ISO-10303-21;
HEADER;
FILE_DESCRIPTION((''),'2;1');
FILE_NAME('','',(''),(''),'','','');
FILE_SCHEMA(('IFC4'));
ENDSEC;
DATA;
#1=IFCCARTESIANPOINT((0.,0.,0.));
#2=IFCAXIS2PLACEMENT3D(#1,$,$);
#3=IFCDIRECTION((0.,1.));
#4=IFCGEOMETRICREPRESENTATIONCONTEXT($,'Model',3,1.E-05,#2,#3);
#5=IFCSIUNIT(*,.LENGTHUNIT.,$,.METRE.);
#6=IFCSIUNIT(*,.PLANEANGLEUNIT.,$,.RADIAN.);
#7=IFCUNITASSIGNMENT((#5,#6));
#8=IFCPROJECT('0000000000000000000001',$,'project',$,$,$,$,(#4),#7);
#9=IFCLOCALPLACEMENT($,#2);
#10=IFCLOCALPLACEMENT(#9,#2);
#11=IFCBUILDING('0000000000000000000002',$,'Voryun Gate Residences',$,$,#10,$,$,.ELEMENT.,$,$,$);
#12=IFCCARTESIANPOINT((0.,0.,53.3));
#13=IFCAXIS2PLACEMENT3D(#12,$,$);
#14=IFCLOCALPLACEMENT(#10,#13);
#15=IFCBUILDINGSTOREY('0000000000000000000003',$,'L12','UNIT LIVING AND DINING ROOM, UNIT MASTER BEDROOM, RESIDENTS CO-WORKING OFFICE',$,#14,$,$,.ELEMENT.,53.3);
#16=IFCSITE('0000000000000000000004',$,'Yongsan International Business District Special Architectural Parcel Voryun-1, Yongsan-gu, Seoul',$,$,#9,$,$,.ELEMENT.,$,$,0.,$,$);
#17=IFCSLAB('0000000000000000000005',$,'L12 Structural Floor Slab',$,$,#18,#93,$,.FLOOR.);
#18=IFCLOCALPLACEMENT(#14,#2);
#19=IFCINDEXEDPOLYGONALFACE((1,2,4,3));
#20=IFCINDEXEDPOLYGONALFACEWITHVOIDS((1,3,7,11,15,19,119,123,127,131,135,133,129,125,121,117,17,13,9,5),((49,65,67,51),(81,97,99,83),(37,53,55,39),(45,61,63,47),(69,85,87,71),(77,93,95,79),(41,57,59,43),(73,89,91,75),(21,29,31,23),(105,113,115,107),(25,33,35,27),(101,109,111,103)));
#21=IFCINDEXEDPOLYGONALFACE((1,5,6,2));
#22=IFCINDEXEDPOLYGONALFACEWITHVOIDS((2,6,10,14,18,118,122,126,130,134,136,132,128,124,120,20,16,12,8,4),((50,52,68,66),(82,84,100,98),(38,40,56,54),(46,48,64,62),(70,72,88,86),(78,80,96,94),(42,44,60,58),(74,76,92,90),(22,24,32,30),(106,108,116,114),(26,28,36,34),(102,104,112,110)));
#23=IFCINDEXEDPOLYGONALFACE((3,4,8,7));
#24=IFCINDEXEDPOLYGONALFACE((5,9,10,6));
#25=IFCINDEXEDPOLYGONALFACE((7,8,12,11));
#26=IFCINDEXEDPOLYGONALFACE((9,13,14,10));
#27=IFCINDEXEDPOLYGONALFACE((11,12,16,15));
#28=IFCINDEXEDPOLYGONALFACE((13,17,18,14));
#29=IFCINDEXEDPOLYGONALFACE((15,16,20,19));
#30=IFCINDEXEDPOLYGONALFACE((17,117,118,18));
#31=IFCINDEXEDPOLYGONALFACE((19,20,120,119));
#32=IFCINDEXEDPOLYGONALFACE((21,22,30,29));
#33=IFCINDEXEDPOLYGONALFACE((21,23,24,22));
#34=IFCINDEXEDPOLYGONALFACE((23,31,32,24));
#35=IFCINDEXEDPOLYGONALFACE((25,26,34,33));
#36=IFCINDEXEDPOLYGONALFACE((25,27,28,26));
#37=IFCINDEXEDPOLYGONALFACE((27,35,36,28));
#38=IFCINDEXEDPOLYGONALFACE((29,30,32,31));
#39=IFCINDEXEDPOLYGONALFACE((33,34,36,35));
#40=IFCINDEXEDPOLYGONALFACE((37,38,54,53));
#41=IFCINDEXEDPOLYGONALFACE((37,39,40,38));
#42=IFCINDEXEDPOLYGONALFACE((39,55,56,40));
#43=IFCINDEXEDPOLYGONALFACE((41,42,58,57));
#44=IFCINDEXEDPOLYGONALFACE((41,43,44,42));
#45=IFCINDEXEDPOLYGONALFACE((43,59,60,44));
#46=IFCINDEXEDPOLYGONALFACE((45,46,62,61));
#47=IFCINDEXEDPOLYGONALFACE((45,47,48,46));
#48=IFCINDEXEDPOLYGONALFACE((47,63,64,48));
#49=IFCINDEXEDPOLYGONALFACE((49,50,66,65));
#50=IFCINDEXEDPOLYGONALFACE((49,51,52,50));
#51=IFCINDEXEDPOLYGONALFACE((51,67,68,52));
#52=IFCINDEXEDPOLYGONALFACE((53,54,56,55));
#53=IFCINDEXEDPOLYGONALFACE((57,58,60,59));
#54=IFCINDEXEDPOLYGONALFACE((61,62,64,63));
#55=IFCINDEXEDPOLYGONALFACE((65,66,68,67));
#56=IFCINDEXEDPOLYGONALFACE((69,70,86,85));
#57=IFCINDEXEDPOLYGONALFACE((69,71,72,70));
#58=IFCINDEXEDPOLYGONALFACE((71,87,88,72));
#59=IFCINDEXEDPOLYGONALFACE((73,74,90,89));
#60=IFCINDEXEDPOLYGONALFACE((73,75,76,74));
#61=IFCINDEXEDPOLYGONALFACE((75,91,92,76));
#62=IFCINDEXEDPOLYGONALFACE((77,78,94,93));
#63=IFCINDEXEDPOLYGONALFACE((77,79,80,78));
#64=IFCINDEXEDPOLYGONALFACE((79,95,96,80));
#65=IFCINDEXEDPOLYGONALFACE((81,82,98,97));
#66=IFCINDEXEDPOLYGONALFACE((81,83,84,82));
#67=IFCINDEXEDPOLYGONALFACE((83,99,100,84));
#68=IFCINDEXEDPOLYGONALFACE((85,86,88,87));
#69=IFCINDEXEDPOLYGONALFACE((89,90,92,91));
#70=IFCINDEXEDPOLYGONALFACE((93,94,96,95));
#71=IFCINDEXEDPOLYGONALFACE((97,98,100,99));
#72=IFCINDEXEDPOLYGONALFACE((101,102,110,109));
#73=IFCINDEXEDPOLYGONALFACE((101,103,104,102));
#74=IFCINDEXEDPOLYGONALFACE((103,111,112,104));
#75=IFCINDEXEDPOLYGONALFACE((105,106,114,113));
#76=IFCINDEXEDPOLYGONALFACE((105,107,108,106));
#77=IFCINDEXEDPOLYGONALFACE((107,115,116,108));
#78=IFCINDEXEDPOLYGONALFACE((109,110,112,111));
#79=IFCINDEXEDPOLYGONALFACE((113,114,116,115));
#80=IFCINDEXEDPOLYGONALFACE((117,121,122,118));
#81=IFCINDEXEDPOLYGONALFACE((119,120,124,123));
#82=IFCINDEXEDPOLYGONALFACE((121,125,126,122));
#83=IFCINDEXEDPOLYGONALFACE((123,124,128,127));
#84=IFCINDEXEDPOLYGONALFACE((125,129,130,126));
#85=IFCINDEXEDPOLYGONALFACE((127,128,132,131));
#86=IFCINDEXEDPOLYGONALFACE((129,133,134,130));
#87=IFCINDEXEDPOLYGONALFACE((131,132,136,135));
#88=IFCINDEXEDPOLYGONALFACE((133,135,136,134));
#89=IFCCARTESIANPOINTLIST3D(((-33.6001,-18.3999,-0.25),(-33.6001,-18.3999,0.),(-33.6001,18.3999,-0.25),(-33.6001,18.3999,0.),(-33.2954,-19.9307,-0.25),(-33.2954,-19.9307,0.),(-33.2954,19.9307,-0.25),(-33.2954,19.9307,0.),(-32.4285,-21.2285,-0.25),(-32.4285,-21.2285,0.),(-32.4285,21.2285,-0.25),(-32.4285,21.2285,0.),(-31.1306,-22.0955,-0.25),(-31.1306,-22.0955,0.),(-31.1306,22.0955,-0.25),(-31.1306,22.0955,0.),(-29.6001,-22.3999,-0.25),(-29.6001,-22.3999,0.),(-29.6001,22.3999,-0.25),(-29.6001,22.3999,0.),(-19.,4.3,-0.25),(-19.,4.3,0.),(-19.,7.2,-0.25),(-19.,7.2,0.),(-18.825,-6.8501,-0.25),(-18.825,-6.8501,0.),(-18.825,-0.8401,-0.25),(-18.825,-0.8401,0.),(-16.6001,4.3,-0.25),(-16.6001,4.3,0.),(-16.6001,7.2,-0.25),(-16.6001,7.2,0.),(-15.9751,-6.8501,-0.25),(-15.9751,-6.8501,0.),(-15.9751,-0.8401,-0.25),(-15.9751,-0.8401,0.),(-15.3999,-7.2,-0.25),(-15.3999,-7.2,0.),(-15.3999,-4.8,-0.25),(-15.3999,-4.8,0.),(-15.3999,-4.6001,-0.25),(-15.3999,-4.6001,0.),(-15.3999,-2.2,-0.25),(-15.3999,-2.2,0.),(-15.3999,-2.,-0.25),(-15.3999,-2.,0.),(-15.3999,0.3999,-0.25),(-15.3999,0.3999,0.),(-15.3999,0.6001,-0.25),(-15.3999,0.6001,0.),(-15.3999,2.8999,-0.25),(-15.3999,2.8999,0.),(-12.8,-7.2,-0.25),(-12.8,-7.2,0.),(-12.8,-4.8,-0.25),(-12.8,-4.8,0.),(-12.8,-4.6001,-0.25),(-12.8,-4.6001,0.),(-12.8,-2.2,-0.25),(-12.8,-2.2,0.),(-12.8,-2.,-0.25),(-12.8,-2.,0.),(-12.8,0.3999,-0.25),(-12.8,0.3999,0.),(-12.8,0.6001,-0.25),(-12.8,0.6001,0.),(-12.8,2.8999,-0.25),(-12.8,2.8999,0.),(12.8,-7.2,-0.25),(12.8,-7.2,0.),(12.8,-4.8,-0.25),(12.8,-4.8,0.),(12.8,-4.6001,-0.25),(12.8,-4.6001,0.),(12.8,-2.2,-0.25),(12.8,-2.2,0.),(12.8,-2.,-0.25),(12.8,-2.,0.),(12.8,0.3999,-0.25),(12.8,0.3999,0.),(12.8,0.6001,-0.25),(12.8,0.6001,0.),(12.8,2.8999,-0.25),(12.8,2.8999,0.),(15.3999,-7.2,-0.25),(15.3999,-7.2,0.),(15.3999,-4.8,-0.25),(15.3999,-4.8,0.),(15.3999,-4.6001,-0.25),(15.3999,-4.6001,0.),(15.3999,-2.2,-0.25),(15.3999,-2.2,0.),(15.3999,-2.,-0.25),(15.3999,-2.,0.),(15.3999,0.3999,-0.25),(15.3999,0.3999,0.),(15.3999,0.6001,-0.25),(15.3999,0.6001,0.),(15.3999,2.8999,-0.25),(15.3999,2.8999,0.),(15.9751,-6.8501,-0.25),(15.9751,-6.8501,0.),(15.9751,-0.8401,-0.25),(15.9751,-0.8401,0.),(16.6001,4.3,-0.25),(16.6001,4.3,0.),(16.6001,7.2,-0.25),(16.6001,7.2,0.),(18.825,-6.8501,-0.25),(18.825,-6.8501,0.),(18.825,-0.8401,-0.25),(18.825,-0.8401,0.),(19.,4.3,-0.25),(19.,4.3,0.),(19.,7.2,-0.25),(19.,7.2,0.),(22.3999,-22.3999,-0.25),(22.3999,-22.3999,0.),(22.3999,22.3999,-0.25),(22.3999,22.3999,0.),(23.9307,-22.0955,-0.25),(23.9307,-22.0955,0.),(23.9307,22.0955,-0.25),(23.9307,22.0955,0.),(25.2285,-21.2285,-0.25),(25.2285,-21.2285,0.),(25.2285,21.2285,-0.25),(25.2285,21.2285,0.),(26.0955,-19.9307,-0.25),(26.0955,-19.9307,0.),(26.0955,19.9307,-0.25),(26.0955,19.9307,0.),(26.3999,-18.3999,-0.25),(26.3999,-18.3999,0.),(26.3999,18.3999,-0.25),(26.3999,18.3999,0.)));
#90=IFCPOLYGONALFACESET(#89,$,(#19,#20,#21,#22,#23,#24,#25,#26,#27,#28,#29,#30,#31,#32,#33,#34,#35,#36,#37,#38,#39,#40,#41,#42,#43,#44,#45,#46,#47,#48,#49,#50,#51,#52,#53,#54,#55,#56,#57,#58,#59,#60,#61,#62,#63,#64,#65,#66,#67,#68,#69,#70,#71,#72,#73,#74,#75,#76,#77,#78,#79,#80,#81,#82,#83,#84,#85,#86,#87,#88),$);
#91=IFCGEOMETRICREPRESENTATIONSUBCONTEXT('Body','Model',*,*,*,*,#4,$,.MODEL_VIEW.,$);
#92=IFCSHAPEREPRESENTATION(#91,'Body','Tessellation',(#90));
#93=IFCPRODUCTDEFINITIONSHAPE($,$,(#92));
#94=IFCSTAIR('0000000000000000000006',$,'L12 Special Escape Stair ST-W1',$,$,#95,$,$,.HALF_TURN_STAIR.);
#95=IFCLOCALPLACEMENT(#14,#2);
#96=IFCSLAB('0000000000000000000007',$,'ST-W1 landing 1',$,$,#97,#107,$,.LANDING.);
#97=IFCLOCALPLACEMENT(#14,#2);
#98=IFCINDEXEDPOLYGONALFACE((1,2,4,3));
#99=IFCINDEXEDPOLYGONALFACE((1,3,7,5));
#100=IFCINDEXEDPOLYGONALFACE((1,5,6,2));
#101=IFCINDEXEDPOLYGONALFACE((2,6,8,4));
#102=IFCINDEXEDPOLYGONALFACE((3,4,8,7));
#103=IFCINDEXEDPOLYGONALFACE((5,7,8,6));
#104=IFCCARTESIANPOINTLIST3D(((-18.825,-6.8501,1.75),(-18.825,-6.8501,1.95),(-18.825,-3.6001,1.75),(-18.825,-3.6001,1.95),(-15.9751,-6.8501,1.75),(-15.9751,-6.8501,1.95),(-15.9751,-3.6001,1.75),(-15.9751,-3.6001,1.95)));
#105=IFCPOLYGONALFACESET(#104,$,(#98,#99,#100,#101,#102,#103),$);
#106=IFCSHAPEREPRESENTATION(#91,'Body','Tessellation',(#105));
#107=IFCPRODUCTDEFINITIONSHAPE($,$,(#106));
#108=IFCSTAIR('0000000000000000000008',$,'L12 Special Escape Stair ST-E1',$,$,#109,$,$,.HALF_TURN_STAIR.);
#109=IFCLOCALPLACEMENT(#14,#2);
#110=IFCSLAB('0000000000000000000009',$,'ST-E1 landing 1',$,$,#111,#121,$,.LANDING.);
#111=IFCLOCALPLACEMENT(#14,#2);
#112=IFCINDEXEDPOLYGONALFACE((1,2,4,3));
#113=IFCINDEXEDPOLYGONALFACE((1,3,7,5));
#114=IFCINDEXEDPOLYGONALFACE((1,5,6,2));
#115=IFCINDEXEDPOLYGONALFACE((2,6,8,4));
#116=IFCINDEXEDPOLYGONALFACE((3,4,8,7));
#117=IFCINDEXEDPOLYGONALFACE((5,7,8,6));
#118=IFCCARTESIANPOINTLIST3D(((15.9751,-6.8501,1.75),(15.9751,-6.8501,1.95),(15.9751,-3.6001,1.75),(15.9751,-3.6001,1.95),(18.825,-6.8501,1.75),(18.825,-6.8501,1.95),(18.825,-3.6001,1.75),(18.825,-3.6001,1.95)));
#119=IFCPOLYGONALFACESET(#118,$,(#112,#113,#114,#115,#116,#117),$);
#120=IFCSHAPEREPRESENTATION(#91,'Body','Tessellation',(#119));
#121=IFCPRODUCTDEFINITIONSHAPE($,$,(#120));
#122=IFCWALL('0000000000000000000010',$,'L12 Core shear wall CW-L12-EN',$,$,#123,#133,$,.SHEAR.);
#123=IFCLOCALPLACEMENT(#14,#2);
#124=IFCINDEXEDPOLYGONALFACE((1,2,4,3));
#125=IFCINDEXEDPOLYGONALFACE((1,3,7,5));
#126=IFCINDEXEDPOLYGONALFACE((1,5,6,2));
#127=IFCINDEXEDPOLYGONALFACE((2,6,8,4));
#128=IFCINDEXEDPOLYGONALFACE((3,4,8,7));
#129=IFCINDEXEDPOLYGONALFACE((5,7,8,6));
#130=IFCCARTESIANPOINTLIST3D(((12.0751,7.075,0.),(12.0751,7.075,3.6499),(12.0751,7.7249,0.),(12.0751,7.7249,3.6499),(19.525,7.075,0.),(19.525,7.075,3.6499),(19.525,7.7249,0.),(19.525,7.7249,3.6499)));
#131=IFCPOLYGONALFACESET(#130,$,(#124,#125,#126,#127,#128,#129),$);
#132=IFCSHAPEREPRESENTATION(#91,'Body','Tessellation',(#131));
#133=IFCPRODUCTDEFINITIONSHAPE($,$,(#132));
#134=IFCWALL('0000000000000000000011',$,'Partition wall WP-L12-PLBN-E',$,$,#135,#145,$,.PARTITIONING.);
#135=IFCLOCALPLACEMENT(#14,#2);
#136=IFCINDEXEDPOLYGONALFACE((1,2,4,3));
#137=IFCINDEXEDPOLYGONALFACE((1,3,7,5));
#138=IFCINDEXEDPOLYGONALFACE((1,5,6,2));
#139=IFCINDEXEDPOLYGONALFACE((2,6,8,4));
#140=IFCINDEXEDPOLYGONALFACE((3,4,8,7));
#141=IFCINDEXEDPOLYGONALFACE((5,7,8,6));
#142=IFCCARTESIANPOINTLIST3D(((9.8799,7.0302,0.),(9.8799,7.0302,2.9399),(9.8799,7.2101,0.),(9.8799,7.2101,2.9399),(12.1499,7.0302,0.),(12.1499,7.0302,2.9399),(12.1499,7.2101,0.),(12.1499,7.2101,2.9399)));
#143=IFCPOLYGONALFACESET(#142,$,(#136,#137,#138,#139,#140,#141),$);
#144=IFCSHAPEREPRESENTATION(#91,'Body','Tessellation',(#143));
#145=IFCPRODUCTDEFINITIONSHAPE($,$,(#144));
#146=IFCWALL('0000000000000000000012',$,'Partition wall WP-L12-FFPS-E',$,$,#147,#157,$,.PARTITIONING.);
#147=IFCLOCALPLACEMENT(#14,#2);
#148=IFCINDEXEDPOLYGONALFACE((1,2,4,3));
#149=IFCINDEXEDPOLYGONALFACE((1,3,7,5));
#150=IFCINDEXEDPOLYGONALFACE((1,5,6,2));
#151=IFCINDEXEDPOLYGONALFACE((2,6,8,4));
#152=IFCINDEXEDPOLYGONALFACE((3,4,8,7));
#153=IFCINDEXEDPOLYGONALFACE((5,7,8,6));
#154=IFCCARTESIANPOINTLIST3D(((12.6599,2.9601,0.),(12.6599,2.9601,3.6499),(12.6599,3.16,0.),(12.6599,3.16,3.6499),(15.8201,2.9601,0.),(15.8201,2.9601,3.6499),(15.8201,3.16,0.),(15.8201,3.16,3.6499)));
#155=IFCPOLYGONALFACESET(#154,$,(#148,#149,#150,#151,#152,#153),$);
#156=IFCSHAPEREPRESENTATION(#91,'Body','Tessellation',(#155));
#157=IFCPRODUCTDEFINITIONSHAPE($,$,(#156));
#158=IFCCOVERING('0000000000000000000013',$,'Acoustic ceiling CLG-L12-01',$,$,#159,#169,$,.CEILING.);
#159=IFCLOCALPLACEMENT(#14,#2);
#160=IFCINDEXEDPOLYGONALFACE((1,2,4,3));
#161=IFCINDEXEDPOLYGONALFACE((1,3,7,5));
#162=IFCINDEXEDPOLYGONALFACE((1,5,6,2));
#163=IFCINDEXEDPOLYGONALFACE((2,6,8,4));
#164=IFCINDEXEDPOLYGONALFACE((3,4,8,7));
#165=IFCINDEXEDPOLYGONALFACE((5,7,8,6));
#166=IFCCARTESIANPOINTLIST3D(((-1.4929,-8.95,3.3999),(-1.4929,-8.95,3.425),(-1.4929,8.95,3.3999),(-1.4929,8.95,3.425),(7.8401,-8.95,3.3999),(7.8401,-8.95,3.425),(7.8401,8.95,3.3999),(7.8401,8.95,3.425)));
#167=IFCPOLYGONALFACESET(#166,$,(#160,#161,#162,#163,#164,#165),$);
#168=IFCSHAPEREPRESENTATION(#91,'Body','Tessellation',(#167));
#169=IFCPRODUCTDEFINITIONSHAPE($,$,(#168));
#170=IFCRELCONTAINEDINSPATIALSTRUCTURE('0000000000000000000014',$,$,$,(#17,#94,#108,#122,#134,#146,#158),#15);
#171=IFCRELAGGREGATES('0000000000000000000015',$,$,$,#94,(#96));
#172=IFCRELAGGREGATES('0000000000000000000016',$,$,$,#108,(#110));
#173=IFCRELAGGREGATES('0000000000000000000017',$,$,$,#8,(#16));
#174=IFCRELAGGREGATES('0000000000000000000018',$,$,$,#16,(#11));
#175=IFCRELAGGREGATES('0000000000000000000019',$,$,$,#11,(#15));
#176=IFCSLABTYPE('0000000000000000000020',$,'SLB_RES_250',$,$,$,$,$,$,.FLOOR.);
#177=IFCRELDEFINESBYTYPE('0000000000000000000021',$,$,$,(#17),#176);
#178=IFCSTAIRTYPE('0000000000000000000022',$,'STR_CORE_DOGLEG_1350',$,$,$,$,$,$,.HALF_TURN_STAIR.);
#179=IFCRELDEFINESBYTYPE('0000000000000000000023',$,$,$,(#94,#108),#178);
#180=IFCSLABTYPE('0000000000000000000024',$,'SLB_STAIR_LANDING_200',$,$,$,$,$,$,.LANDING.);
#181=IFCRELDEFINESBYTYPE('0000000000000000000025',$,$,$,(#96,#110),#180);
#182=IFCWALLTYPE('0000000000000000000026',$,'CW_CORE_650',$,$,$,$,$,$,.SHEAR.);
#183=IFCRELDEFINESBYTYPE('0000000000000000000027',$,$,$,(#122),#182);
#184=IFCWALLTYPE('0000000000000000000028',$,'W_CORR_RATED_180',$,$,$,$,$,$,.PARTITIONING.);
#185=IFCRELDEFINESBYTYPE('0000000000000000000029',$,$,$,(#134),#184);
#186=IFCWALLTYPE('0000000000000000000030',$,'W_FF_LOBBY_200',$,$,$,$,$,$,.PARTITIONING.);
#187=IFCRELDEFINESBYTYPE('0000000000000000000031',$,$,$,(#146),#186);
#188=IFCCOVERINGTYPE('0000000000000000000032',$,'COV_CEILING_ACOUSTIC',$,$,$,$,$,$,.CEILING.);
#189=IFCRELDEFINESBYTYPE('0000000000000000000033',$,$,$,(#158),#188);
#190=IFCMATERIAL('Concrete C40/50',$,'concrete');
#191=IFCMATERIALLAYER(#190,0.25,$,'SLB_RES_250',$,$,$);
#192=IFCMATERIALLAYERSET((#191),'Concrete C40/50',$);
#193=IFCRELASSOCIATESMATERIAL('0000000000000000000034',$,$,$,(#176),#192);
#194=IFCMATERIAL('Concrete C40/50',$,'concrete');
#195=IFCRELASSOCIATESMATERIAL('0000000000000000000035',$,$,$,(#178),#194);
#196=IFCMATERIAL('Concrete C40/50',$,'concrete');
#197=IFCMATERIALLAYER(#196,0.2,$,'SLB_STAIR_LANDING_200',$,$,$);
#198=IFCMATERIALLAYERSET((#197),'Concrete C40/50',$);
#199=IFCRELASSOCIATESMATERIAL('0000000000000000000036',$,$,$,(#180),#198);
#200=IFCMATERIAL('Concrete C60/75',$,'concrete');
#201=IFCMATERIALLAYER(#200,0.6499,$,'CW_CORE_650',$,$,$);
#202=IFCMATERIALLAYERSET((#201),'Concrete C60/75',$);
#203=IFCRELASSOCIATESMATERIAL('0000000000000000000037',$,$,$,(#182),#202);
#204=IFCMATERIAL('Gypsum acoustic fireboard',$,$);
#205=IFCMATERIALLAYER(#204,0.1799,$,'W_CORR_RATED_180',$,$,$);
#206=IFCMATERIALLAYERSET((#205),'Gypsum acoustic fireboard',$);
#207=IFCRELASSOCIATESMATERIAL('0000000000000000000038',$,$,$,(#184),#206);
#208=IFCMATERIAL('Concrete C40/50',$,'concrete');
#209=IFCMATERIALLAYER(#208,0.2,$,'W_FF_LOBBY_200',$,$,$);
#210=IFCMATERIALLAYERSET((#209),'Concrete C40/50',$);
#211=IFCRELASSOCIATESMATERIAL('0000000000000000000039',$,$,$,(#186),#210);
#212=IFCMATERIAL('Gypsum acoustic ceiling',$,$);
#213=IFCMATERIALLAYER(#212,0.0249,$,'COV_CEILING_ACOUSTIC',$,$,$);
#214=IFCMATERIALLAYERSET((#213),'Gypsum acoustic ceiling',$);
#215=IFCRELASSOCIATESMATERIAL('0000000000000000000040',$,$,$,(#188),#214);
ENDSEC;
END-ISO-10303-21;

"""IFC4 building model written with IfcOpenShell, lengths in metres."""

from ifc_helpers import new_model, si_unit, direction, frame, frame_2d, origin, place, context, subcontext, project, spatial, polyline, rectangle, outline, extrude, material, layer, layer_set, type_object, element, aggregate, save


model = new_model("IFC4")

# Units and contexts
model_context = context("Model", 3, precision=1e-05, world=origin(), true_north=direction((0.0, 1.0)))
body_context = subcontext(model_context, "Body", "Model", "MODEL_VIEW")
ifc_project = project(units=[si_unit("LENGTHUNIT", "METRE"), si_unit("PLANEANGLEUNIT", "RADIAN")], contexts=[model_context])

# Site, building, storey
site_placement = place(None, origin())
site = spatial("IfcSite", under=ifc_project, at=site_placement, Name="Yongsan International Business District Special Architectural Parcel Voryun-1, Yongsan-gu, Seoul", CompositionType="ELEMENT", RefElevation=0.0)
building_placement = place(site_placement, origin())
building = spatial("IfcBuilding", under=site, at=building_placement, Name="Voryun Gate Residences", CompositionType="ELEMENT")
storey_placement = place(building_placement, frame((0.0, 0.0, 53.3)))
storey = spatial("IfcBuildingStorey", under=building, at=storey_placement, Name="L12", Description="UNIT LIVING AND DINING ROOM, UNIT MASTER BEDROOM, RESIDENTS CO-WORKING OFFICE", CompositionType="ELEMENT", Elevation=53.3)

# Slab
ifc_material_1 = material(Name="Concrete C40/50", Category="concrete")
ifc_layer_1 = layer(ifc_material_1, 0.25, Name="SLB_RES_250")
ifc_layer_set_1 = layer_set([ifc_layer_1], Name="Concrete C40/50")
slab_type_1 = type_object("IfcSlabType", Name="SLB_RES_250", PredefinedType="FLOOR", material=ifc_layer_set_1)
slab_1_placement = place(storey_placement, frame((0.0, 0.0, -0.25)))
element("IfcSlab", 1, at=slab_1_placement, inside=storey, type_object=slab_type_1, Name="L12 Structural Floor Slab", PredefinedType="FLOOR", context=body_context, shape_type="SweptSolid", body=[
    extrude(outline(polyline([(-29.6001, -22.3999), (-31.1306, -22.0955), (-32.4285, -21.2285), (-33.2954, -19.9307), (-33.6001, -18.3999), (-33.6001, 18.3999), (-33.2954, 19.9307), (-32.4285, 21.2285), (-31.1306, 22.0955), (-29.6001, 22.3999), (22.3999, 22.3999), (23.9307, 22.0955), (25.2285, 21.2285), (26.0955, 19.9307), (26.3999, 18.3999), (26.3999, -18.3999), (26.0955, -19.9307), (25.2285, -21.2285), (23.9307, -22.0955), (22.3999, -22.3999), (-29.6001, -22.3999)]), holes=[polyline([(-12.8, -4.8), (-15.3999, -4.8), (-15.3999, -7.2), (-12.8, -7.2), (-12.8, -4.8)]), polyline([(-18.825, -6.8501), (-15.9751, -6.8501), (-15.9751, -0.8401), (-18.825, -0.8401), (-18.825, -6.8501)]), polyline([(-12.8, -4.6001), (-12.8, -2.2), (-15.3999, -2.2), (-15.3999, -4.6001), (-12.8, -4.6001)]), polyline([(-12.8, 0.3999), (-15.3999, 0.3999), (-15.3999, -2.0), (-12.8, -2.0), (-12.8, 0.3999)]), polyline([(-12.8, 0.6001), (-12.8, 2.8999), (-15.3999, 2.8999), (-15.3999, 0.6001), (-12.8, 0.6001)]), polyline([(-16.6001, 4.3), (-16.6001, 7.2), (-19.0, 7.2), (-19.0, 4.3), (-16.6001, 4.3)]), polyline([(15.3999, -4.8), (12.8, -4.8), (12.8, -7.2), (15.3999, -7.2), (15.3999, -4.8)]), polyline([(15.9751, -6.8501), (18.825, -6.8501), (18.825, -0.8401), (15.9751, -0.8401), (15.9751, -6.8501)]), polyline([(15.3999, -4.6001), (15.3999, -2.2), (12.8, -2.2), (12.8, -4.6001), (15.3999, -4.6001)]), polyline([(15.3999, 0.3999), (12.8, 0.3999), (12.8, -2.0), (15.3999, -2.0), (15.3999, 0.3999)]), polyline([(15.3999, 0.6001), (15.3999, 2.8999), (12.8, 2.8999), (12.8, 0.6001), (15.3999, 0.6001)]), polyline([(19.0, 4.3), (19.0, 7.2), (16.6001, 7.2), (16.6001, 4.3), (19.0, 4.3)])]), origin(), (0.0, 0.0, 1.0), 0.25),
])

# Stairs, slabs
ifc_material_2 = material(Name="Concrete C40/50", Category="concrete")
stair_type = type_object("IfcStairType", Name="STR_CORE_DOGLEG_1350", PredefinedType="HALF_TURN_STAIR", material=ifc_material_2)
stair_1_placement = place(storey_placement, origin())
stair_1 = element("IfcStair", 2, at=stair_1_placement, inside=storey, type_object=stair_type, Name="L12 Special Escape Stair ST-W1", PredefinedType="HALF_TURN_STAIR")
ifc_material_3 = material(Name="Concrete C40/50", Category="concrete")
ifc_layer_2 = layer(ifc_material_3, 0.2, Name="SLB_STAIR_LANDING_200")
ifc_layer_set_2 = layer_set([ifc_layer_2], Name="Concrete C40/50")
slab_type_2 = type_object("IfcSlabType", Name="SLB_STAIR_LANDING_200", PredefinedType="LANDING", material=ifc_layer_set_2)
slab_2_placement = place(storey_placement, frame((0.0, 0.0, 1.75)))
slab_2 = element("IfcSlab", 3, at=slab_2_placement, type_object=slab_type_2, Name="ST-W1 landing 1", PredefinedType="LANDING", context=body_context, shape_type="SweptSolid", body=[
    extrude(outline(polyline([(-18.825, -3.6001), (-18.825, -6.8501), (-15.9751, -6.8501), (-15.9751, -3.6001), (-18.825, -3.6001)])), origin(), (0.0, 0.0, 1.0), 0.2),
])
aggregate(stair_1, [slab_2])
stair_2_placement = place(storey_placement, origin())
stair_2 = element("IfcStair", 4, at=stair_2_placement, inside=storey, type_object=stair_type, Name="L12 Special Escape Stair ST-E1", PredefinedType="HALF_TURN_STAIR")
slab_3_placement = place(storey_placement, frame((0.0, 0.0, 1.75)))
slab_3 = element("IfcSlab", 5, at=slab_3_placement, type_object=slab_type_2, Name="ST-E1 landing 1", PredefinedType="LANDING", context=body_context, shape_type="SweptSolid", body=[
    extrude(outline(polyline([(15.9751, -3.6001), (15.9751, -6.8501), (18.825, -6.8501), (18.825, -3.6001), (15.9751, -3.6001)])), origin(), (0.0, 0.0, 1.0), 0.2),
])
aggregate(stair_2, [slab_3])

# Walls
ifc_material_4 = material(Name="Concrete C60/75", Category="concrete")
ifc_layer_3 = layer(ifc_material_4, 0.6499, Name="CW_CORE_650")
ifc_layer_set_3 = layer_set([ifc_layer_3], Name="Concrete C60/75")
wall_type_1 = type_object("IfcWallType", Name="CW_CORE_650", PredefinedType="SHEAR", material=ifc_layer_set_3)
wall_1_placement = place(storey_placement, frame((12.075, 7.3999, 0.0), z_axis=(0.0, 0.0, 1.0), x_axis=(1.0, 0.0, 0.0)))
element("IfcWall", 6, at=wall_1_placement, inside=storey, type_object=wall_type_1, Name="L12 Core shear wall CW-L12-EN", PredefinedType="SHEAR", context=body_context, shape_type="SweptSolid", body=[
    extrude(rectangle(XDim=7.45, YDim=0.6499, at=frame_2d((3.7251, 0.0))), origin(), (0.0, 0.0, 1.0), 3.6499),
])
ifc_material_5 = material(Name="Gypsum acoustic fireboard")
ifc_layer_4 = layer(ifc_material_5, 0.1799, Name="W_CORR_RATED_180")
ifc_layer_set_4 = layer_set([ifc_layer_4], Name="Gypsum acoustic fireboard")
wall_type_2 = type_object("IfcWallType", Name="W_CORR_RATED_180", PredefinedType="PARTITIONING", material=ifc_layer_set_4)
wall_2_placement = place(storey_placement, frame((9.8799, 7.1201, 0.0), z_axis=(0.0, 0.0, 1.0), x_axis=(1.0, 0.0, 0.0)))
element("IfcWall", 7, at=wall_2_placement, inside=storey, type_object=wall_type_2, Name="Partition wall WP-L12-PLBN-E", PredefinedType="PARTITIONING", context=body_context, shape_type="SweptSolid", body=[
    extrude(rectangle(XDim=2.27, YDim=0.1799, at=frame_2d((1.135, 0.0))), origin(), (0.0, 0.0, 1.0), 2.9399),
])
ifc_material_6 = material(Name="Concrete C40/50", Category="concrete")
ifc_layer_5 = layer(ifc_material_6, 0.2, Name="W_FF_LOBBY_200")
ifc_layer_set_5 = layer_set([ifc_layer_5], Name="Concrete C40/50")
wall_type_3 = type_object("IfcWallType", Name="W_FF_LOBBY_200", PredefinedType="PARTITIONING", material=ifc_layer_set_5)
wall_3_placement = place(storey_placement, frame((12.6599, 3.0601, 0.0), z_axis=(0.0, 0.0, 1.0), x_axis=(1.0, 0.0, 0.0)))
element("IfcWall", 8, at=wall_3_placement, inside=storey, type_object=wall_type_3, Name="Partition wall WP-L12-FFPS-E", PredefinedType="PARTITIONING", context=body_context, shape_type="SweptSolid", body=[
    extrude(rectangle(XDim=3.1602, YDim=0.2, at=frame_2d((1.5801, 0.0))), origin(), (0.0, 0.0, 1.0), 3.6499),
])

# Covering
ifc_material_7 = material(Name="Gypsum acoustic ceiling")
ifc_layer_6 = layer(ifc_material_7, 0.0249, Name="COV_CEILING_ACOUSTIC")
ifc_layer_set_6 = layer_set([ifc_layer_6], Name="Gypsum acoustic ceiling")
covering_type_1 = type_object("IfcCoveringType", Name="COV_CEILING_ACOUSTIC", PredefinedType="CEILING", material=ifc_layer_set_6)
covering_1_placement = place(storey_placement, frame((0.0, 0.0, 3.3999)))
element("IfcCovering", 9, at=covering_1_placement, inside=storey, type_object=covering_type_1, Name="Acoustic ceiling CLG-L12-01", PredefinedType="CEILING", context=body_context, shape_type="SweptSolid", body=[
    extrude(outline(polyline([(-1.4929, 8.95), (7.8401, 8.95), (7.8401, -8.95), (-1.4929, -8.95), (-1.4929, 8.95)])), origin(), (0.0, 0.0, 1.0), 0.0251),
])

save(model, "model.ifc")
